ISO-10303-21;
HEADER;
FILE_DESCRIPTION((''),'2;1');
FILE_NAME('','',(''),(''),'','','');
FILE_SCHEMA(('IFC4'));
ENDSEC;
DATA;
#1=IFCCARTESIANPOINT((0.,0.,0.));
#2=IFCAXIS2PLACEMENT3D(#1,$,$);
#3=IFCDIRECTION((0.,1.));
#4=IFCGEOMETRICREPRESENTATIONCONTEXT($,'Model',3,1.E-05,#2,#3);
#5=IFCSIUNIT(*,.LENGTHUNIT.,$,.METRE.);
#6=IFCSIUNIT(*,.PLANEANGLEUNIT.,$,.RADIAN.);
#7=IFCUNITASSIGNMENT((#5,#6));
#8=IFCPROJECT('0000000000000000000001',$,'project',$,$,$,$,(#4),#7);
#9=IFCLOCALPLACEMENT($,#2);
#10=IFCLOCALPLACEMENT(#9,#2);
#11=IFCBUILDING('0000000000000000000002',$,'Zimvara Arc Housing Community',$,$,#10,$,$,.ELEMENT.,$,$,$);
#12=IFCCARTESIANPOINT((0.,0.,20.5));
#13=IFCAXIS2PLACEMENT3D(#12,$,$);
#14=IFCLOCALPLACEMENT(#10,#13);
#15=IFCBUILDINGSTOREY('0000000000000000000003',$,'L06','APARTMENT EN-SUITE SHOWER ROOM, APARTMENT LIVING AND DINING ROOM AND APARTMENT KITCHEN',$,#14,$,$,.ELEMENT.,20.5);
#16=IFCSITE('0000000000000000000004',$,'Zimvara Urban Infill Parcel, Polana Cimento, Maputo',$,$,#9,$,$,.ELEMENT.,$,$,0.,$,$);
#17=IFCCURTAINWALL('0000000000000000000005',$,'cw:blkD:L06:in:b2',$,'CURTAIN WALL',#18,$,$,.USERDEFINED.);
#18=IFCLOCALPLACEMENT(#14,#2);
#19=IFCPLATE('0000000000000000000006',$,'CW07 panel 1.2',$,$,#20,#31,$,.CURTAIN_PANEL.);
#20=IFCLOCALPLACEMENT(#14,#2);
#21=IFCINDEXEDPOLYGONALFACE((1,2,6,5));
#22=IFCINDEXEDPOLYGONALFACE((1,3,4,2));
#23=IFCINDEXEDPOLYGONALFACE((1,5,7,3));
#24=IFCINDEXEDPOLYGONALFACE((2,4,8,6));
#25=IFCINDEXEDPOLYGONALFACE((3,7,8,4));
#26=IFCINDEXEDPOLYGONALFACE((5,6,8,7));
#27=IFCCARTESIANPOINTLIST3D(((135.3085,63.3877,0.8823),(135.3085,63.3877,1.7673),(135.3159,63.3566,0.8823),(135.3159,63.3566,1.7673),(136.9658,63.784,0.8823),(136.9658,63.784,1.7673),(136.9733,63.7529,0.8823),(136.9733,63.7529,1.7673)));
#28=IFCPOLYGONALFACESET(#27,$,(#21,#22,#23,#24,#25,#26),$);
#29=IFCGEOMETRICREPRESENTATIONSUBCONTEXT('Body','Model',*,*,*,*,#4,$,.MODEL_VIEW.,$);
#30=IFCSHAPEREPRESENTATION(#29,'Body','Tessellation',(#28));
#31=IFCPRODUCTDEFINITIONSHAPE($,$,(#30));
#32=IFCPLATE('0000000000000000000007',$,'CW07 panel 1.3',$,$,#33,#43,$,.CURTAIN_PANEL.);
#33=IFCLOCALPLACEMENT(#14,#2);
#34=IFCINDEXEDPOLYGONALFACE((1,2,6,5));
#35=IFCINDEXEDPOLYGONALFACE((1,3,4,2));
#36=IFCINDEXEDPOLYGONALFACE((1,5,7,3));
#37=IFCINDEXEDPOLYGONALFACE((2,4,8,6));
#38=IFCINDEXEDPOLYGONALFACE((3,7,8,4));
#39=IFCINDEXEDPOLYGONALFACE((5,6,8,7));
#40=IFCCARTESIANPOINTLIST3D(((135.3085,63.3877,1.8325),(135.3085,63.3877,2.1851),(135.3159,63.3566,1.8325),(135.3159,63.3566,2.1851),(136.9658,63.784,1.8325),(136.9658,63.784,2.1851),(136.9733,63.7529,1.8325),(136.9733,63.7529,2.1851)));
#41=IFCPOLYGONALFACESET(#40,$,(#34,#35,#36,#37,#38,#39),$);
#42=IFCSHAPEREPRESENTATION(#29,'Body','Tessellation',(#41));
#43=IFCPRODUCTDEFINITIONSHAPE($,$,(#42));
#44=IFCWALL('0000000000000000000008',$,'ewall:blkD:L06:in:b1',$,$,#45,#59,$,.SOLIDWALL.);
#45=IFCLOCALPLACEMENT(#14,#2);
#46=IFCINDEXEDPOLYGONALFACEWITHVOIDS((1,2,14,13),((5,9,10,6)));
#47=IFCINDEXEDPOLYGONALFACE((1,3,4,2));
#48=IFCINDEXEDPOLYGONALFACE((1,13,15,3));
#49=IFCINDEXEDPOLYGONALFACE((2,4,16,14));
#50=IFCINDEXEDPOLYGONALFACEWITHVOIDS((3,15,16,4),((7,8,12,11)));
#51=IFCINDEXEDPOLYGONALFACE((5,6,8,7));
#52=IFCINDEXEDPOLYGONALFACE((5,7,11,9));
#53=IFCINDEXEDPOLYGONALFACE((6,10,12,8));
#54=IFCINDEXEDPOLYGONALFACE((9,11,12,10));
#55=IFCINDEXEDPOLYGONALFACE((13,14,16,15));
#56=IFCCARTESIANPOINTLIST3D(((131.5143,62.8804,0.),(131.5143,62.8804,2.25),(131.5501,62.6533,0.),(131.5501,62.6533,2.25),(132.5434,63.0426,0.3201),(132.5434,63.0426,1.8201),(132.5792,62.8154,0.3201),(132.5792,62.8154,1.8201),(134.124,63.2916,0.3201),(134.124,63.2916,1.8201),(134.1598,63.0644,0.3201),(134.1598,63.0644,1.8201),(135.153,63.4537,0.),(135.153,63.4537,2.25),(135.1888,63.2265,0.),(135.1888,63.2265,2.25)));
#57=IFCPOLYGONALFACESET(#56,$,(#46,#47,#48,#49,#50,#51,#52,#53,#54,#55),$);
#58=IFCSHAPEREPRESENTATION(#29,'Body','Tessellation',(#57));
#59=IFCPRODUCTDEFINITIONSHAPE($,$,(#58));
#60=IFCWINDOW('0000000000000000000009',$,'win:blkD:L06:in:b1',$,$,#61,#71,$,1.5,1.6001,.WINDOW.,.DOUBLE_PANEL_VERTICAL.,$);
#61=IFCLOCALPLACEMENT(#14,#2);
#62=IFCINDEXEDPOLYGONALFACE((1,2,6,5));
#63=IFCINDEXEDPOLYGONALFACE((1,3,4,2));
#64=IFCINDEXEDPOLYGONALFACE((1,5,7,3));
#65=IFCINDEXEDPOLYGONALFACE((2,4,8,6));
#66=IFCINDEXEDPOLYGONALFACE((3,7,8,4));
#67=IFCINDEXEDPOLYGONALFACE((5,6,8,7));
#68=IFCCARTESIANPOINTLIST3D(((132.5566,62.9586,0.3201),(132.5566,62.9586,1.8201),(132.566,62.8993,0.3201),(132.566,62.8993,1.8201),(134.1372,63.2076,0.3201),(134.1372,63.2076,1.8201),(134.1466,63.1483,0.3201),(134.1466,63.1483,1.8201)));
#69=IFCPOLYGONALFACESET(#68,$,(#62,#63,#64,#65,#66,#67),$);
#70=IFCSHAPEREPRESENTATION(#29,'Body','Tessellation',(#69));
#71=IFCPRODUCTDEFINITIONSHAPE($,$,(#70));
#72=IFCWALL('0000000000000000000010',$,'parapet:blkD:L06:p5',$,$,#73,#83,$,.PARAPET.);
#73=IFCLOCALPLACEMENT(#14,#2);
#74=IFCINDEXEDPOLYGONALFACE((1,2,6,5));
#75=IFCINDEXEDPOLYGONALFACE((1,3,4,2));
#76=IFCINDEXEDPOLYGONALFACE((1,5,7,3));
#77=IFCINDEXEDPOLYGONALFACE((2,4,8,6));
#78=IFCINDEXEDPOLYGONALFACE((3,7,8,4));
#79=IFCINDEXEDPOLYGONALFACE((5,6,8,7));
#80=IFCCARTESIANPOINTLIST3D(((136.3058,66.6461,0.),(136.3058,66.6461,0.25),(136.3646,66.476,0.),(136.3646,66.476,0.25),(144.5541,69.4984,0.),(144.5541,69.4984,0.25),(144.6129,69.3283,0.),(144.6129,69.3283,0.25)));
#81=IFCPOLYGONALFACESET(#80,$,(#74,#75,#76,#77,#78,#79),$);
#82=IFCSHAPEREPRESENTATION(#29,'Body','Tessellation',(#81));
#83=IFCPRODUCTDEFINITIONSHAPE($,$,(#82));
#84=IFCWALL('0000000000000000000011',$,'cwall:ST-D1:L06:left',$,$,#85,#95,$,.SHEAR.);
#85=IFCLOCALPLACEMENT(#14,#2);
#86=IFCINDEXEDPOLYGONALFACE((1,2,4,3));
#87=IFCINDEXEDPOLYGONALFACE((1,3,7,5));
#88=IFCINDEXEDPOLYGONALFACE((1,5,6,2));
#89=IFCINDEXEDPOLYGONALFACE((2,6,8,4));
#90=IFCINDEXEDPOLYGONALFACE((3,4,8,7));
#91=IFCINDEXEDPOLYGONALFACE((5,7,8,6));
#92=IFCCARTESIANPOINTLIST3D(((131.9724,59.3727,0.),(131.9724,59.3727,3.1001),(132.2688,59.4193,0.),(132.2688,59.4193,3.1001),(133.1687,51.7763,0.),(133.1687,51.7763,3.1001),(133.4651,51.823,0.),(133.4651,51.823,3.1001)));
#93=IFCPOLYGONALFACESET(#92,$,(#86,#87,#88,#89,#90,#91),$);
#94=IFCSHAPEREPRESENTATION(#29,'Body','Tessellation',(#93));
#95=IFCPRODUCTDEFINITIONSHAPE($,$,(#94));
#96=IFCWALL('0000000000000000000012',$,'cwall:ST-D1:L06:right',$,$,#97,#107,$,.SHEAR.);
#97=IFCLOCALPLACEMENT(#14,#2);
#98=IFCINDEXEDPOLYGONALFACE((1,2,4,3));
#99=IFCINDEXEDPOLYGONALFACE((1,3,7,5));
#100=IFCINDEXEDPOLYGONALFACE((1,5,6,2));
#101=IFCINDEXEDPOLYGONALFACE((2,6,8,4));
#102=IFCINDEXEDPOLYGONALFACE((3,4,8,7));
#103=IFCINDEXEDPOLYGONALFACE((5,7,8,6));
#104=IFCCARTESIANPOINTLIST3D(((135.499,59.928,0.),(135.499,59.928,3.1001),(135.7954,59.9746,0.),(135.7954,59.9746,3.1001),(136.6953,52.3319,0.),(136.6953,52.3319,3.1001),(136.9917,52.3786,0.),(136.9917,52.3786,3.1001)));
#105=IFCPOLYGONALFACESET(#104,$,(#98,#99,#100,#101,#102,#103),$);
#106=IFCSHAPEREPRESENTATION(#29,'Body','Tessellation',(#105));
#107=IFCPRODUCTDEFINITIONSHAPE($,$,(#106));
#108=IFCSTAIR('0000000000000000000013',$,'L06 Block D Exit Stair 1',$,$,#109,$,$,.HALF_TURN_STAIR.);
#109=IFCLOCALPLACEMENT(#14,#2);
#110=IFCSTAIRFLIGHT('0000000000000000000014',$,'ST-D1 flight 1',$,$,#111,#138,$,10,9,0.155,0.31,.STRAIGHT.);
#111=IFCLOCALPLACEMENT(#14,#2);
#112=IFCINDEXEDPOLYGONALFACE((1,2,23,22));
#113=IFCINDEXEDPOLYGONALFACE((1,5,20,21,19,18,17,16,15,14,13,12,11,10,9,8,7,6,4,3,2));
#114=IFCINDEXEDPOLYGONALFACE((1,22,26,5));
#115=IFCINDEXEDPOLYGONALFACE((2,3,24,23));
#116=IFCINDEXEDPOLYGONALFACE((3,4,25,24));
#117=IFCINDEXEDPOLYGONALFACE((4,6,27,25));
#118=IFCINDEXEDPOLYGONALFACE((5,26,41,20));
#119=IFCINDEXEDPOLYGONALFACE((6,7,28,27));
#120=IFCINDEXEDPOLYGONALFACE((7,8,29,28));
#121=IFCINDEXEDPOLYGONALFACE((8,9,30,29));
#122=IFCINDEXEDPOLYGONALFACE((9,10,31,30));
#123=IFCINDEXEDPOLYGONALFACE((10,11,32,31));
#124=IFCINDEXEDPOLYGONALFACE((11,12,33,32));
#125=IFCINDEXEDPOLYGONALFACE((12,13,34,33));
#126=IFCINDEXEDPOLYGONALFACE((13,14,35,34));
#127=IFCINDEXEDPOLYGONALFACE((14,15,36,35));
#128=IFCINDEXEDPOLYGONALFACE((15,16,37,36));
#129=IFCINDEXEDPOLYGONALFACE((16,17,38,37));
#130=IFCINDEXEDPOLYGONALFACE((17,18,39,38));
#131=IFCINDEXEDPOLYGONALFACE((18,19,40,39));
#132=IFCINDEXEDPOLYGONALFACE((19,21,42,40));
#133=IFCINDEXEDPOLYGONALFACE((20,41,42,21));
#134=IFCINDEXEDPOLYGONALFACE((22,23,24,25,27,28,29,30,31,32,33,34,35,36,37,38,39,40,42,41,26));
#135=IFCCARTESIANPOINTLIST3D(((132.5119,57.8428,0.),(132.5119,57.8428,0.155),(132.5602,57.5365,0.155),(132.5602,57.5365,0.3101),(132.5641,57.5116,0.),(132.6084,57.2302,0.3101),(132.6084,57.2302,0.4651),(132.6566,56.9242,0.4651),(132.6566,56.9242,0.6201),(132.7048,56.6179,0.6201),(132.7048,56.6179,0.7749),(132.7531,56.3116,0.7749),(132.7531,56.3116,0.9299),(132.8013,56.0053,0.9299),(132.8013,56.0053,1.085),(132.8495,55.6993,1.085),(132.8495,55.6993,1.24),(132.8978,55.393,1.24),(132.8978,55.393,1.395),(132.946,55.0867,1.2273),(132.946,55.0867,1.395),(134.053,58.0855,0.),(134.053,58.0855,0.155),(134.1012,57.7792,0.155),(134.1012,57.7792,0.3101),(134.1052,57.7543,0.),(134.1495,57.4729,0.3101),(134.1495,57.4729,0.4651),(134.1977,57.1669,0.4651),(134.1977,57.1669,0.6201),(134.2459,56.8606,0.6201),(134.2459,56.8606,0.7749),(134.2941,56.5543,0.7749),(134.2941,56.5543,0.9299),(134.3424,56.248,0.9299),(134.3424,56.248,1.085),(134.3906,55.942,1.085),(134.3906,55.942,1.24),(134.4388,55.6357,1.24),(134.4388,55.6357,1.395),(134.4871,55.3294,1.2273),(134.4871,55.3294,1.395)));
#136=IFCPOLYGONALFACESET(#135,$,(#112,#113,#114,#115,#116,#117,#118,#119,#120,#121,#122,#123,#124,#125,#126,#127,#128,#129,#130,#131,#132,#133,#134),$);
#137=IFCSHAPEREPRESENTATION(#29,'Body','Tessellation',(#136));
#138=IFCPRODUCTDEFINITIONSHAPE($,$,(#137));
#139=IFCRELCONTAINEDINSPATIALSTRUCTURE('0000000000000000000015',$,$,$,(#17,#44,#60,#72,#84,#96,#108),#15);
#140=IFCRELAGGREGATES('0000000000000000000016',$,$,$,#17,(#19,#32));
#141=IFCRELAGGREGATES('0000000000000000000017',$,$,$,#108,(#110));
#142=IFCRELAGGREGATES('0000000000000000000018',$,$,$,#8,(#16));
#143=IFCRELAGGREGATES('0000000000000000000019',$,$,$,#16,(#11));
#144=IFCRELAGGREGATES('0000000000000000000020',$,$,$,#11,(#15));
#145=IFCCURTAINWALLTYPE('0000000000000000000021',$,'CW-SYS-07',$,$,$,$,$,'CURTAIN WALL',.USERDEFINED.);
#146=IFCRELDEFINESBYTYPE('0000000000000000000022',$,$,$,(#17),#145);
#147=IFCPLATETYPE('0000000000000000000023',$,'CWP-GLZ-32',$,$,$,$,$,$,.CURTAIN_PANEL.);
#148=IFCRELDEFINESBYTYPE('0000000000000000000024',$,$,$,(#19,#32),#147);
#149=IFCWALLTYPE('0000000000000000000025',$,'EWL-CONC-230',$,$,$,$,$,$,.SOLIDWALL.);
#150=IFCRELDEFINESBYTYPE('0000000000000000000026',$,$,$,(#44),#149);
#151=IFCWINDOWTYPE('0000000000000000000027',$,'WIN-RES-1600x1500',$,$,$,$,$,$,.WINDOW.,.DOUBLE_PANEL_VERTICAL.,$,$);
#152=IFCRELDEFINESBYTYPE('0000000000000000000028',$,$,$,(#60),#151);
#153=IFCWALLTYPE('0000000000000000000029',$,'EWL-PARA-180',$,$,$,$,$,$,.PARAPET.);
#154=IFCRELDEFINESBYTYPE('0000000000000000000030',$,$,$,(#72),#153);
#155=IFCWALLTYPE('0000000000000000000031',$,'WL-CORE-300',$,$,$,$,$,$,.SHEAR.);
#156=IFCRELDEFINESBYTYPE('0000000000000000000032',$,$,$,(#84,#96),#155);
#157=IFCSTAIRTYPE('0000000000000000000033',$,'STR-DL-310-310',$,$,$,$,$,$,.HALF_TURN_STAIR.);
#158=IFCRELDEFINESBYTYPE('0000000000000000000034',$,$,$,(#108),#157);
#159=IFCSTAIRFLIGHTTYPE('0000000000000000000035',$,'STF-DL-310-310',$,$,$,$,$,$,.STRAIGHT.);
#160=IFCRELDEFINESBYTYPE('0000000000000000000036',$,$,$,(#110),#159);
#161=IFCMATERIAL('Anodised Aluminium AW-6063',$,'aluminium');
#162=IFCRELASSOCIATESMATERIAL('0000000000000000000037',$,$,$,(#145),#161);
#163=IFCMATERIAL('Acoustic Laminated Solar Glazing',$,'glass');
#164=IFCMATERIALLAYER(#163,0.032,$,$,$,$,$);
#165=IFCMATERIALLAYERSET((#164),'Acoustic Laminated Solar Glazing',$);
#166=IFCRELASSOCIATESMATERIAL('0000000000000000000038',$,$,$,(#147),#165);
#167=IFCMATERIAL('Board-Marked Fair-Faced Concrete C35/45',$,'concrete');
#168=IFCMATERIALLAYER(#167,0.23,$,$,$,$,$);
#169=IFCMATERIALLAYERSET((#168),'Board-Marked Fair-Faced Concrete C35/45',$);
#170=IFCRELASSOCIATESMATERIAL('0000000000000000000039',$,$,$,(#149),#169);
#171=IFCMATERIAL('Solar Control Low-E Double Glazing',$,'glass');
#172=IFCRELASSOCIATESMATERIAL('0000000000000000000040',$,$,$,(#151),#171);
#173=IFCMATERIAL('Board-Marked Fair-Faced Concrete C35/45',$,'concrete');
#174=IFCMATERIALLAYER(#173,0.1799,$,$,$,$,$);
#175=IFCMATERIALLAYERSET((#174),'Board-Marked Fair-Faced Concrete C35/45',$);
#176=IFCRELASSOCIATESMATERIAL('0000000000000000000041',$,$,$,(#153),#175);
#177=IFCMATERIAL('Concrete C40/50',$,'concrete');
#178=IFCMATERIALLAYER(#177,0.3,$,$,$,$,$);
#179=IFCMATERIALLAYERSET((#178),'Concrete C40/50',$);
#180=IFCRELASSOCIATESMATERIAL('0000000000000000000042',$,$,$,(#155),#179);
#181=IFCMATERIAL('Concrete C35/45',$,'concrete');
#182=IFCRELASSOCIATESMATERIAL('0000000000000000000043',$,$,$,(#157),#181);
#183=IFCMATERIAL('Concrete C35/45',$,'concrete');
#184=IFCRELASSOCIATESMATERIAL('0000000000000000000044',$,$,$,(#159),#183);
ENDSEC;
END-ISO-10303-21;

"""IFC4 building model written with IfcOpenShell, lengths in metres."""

from ifc_helpers import new_model, si_unit, direction, frame, frame_2d, origin, origin_2d, place, context, subcontext, project, spatial, polyline, rectangle, outline, extrude, material, layer, layer_set, type_object, element, fill, aggregate, save


model = new_model("IFC4")

# Units and contexts
model_context = context("Model", 3, precision=1e-05, world=origin(), true_north=direction((0.0, 1.0)))
body_context = subcontext(model_context, "Body", "Model", "MODEL_VIEW")
ifc_project = project(units=[si_unit("LENGTHUNIT", "METRE"), si_unit("PLANEANGLEUNIT", "RADIAN")], contexts=[model_context])

# Site, building, storey
site_placement = place(None, origin())
site = spatial("IfcSite", under=ifc_project, at=site_placement, Name="Zimvara Urban Infill Parcel, Polana Cimento, Maputo", CompositionType="ELEMENT", RefElevation=0.0)
building_placement = place(site_placement, origin())
building = spatial("IfcBuilding", under=site, at=building_placement, Name="Zimvara Arc Housing Community", CompositionType="ELEMENT")
storey_placement = place(building_placement, frame((0.0, 0.0, 20.5)))
storey = spatial("IfcBuildingStorey", under=building, at=storey_placement, Name="L06", Description="APARTMENT EN-SUITE SHOWER ROOM, APARTMENT LIVING AND DINING ROOM AND APARTMENT KITCHEN", CompositionType="ELEMENT", Elevation=20.5)

# Curtain wall, plates
ifc_material_1 = material(Name="Anodised Aluminium AW-6063", Category="aluminium")
curtain_wall_type = type_object("IfcCurtainWallType", Name="CW-SYS-07", ElementType="CURTAIN WALL", PredefinedType="USERDEFINED", material=ifc_material_1)
curtain_wall_placement = place(storey_placement, origin())
curtain_wall = element("IfcCurtainWall", 1, at=curtain_wall_placement, inside=storey, type_object=curtain_wall_type, Name="cw:blkD:L06:in:b2", ObjectType="CURTAIN WALL", PredefinedType="USERDEFINED")
ifc_material_2 = material(Name="Acoustic Laminated Solar Glazing", Category="glass")
ifc_layer_1 = layer(ifc_material_2, 0.032)
ifc_layer_set_1 = layer_set([ifc_layer_1], Name="Acoustic Laminated Solar Glazing")
plate_type = type_object("IfcPlateType", Name="CWP-GLZ-32", PredefinedType="CURTAIN_PANEL", material=ifc_layer_set_1)
plate_1_placement = place(storey_placement, frame((136.1409, 63.5703, 0.8823), z_axis=(0.0, 0.0, 1.0), x_axis=(0.972573, 0.232597, 0.0)))
plate_1 = element("IfcPlate", 2, at=plate_1_placement, type_object=plate_type, Name="CW07 panel 1.2", PredefinedType="CURTAIN_PANEL", context=body_context, shape_type="SweptSolid", body=[
    extrude(rectangle(XDim=1.7041, YDim=0.032, at=origin_2d()), origin(), (0.0, 0.0, 1.0), 0.885),
])
plate_2_placement = place(storey_placement, frame((136.1409, 63.5703, 1.8325), z_axis=(0.0, 0.0, 1.0), x_axis=(0.972573, 0.232597, 0.0)))
plate_2 = element("IfcPlate", 3, at=plate_2_placement, type_object=plate_type, Name="CW07 panel 1.3", PredefinedType="CURTAIN_PANEL", context=body_context, shape_type="SweptSolid", body=[
    extrude(rectangle(XDim=1.7041, YDim=0.032, at=origin_2d()), origin(), (0.0, 0.0, 1.0), 0.3525),
])
aggregate(curtain_wall, [plate_1, plate_2])

# Wall, opening, window
ifc_material_3 = material(Name="Board-Marked Fair-Faced Concrete C35/45", Category="concrete")
ifc_layer_2 = layer(ifc_material_3, 0.23)
ifc_layer_set_2 = layer_set([ifc_layer_2], Name="Board-Marked Fair-Faced Concrete C35/45")
wall_type_1 = type_object("IfcWallType", Name="EWL-CONC-230", PredefinedType="SOLIDWALL", material=ifc_layer_set_2)
wall_1_placement = place(storey_placement, frame((131.5322, 62.7668, 0.0), z_axis=(0.0, 0.0, 1.0), x_axis=(0.987817, 0.155622, 0.0)))
wall_1 = element("IfcWall", 4, at=wall_1_placement, inside=storey, type_object=wall_type_1, Name="ewall:blkD:L06:in:b1", PredefinedType="SOLIDWALL", context=body_context, shape_type="SweptSolid", body=[
    extrude(rectangle(XDim=3.6836, YDim=0.23, at=frame_2d((1.8418, 0.0))), origin(), (0.0, 0.0, 1.0), 2.25),
])
opening_1_placement = place(wall_1_placement, frame((1.0417, 0.0, 0.3201)))
opening_1 = element("IfcOpeningElement", 5, at=opening_1_placement, cuts=wall_1, PredefinedType="OPENING", context=body_context, shape_type="SweptSolid", body=[
    extrude(rectangle(XDim=1.6001, YDim=1.5, at=frame_2d((0.8, 0.75))), frame((0.0, 0.125, 0.0), z_axis=(0.0, -1.0, 0.0), x_axis=(1.0, 0.0, 0.0)), (0.0, 0.0, 1.0), 0.25),
])
ifc_material_4 = material(Name="Solar Control Low-E Double Glazing", Category="glass")
window_type = type_object("IfcWindowType", Name="WIN-RES-1600x1500", PartitioningType="DOUBLE_PANEL_VERTICAL", PredefinedType="WINDOW", material=ifc_material_4)
window_placement = place(opening_1_placement, origin())
window = element("IfcWindow", 6, at=window_placement, inside=storey, type_object=window_type, Name="win:blkD:L06:in:b1", OverallHeight=1.5, OverallWidth=1.6001, PartitioningType="DOUBLE_PANEL_VERTICAL", PredefinedType="WINDOW", context=body_context, shape_type="SweptSolid", body=[
    extrude(rectangle(XDim=1.6001, YDim=1.5, at=frame_2d((0.8, 0.75))), frame((0.0, 0.03, 0.0), z_axis=(0.0, -1.0, 0.0), x_axis=(1.0, 0.0, 0.0)), (0.0, 0.0, 1.0), 0.0601),
])
fill(opening_1, window)

# Wall
ifc_material_5 = material(Name="Board-Marked Fair-Faced Concrete C35/45", Category="concrete")
ifc_layer_3 = layer(ifc_material_5, 0.1799)
ifc_layer_set_3 = layer_set([ifc_layer_3], Name="Board-Marked Fair-Faced Concrete C35/45")
wall_type_2 = type_object("IfcWallType", Name="EWL-PARA-180", PredefinedType="PARAPET", material=ifc_layer_set_3)
wall_2_placement = place(storey_placement, frame((136.3352, 66.561, 0.0), z_axis=(0.0, 0.0, 1.0), x_axis=(0.945088, 0.326816, 0.0)))
element("IfcWall", 7, at=wall_2_placement, inside=storey, type_object=wall_type_2, Name="parapet:blkD:L06:p5", PredefinedType="PARAPET", context=body_context, shape_type="SweptSolid", body=[
    extrude(rectangle(XDim=8.7275, YDim=0.1799, at=frame_2d((4.3638, 0.0))), origin(), (0.0, 0.0, 1.0), 0.25),
])

# Shared definitions
ifc_material_6 = material(Name="Concrete C40/50", Category="concrete")
ifc_layer_4 = layer(ifc_material_6, 0.3)
ifc_layer_set_4 = layer_set([ifc_layer_4], Name="Concrete C40/50")
wall_type_3 = type_object("IfcWallType", Name="WL-CORE-300", PredefinedType="SHEAR", material=ifc_layer_set_4)

# Walls
wall_3_placement = place(storey_placement, frame((132.1206, 59.396, 0.0), z_axis=(0.0, 0.0, 1.0), x_axis=(0.155563, -0.987826, 0.0)))
element("IfcWall", 8, at=wall_3_placement, inside=storey, type_object=wall_type_3, Name="cwall:ST-D1:L06:left", PredefinedType="SHEAR", context=body_context, shape_type="SweptSolid", body=[
    extrude(rectangle(XDim=7.6899, YDim=0.3, at=frame_2d((3.845, 0.0))), origin(), (0.0, 0.0, 1.0), 3.1001),
])
wall_4_placement = place(storey_placement, frame((135.6472, 59.9512, 0.0), z_axis=(0.0, 0.0, 1.0), x_axis=(0.155568, -0.987825, 0.0)))
element("IfcWall", 9, at=wall_4_placement, inside=storey, type_object=wall_type_3, Name="cwall:ST-D1:L06:right", PredefinedType="SHEAR", context=body_context, shape_type="SweptSolid", body=[
    extrude(rectangle(XDim=7.6897, YDim=0.3, at=frame_2d((3.8447, 0.0))), origin(), (0.0, 0.0, 1.0), 3.1001),
])

# Stair, stair flight
ifc_material_7 = material(Name="Concrete C35/45", Category="concrete")
stair_type = type_object("IfcStairType", Name="STR-DL-310-310", PredefinedType="HALF_TURN_STAIR", material=ifc_material_7)
stair_placement = place(storey_placement, origin())
stair = element("IfcStair", 10, at=stair_placement, inside=storey, type_object=stair_type, Name="L06 Block D Exit Stair 1", PredefinedType="HALF_TURN_STAIR")
ifc_material_8 = material(Name="Concrete C35/45", Category="concrete")
stair_flight_type = type_object("IfcStairFlightType", Name="STF-DL-310-310", PredefinedType="STRAIGHT", material=ifc_material_8)
stair_flight_placement = place(storey_placement, frame((133.2825, 57.9641, 0.0), z_axis=(0.0, 0.0, 1.0), x_axis=(0.155572, -0.987824, 0.0)))
stair_flight = element("IfcStairFlight", 11, at=stair_flight_placement, type_object=stair_flight_type, Name="ST-D1 flight 1", NumberOfRisers=10, NumberOfTreads=9, PredefinedType="STRAIGHT", RiserHeight=0.155, TreadLength=0.31, context=body_context, shape_type="SweptSolid", body=[
    extrude(outline(polyline([(0.0, 0.0), (0.0, 0.155), (0.3101, 0.155), (0.3101, 0.3101), (0.6201, 0.3101), (0.6201, 0.4651), (0.9299, 0.4651), (0.9299, 0.6201), (1.24, 0.6201), (1.24, 0.7749), (1.55, 0.7749), (1.55, 0.9299), (1.8601, 0.9299), (1.8601, 1.085), (2.1699, 1.085), (2.1699, 1.24), (2.48, 1.24), (2.48, 1.395), (2.79, 1.395), (2.79, 1.55), (2.79, 1.2273), (0.3352, 0.0), (0.0, 0.0)])), frame((0.0, 0.78, 0.0), z_axis=(0.0, -1.0, 0.0), x_axis=(1.0, 0.0, 0.0)), (0.0, 0.0, 1.0), 1.5601),
])
aggregate(stair, [stair_flight])

save(model, "model.ifc")
